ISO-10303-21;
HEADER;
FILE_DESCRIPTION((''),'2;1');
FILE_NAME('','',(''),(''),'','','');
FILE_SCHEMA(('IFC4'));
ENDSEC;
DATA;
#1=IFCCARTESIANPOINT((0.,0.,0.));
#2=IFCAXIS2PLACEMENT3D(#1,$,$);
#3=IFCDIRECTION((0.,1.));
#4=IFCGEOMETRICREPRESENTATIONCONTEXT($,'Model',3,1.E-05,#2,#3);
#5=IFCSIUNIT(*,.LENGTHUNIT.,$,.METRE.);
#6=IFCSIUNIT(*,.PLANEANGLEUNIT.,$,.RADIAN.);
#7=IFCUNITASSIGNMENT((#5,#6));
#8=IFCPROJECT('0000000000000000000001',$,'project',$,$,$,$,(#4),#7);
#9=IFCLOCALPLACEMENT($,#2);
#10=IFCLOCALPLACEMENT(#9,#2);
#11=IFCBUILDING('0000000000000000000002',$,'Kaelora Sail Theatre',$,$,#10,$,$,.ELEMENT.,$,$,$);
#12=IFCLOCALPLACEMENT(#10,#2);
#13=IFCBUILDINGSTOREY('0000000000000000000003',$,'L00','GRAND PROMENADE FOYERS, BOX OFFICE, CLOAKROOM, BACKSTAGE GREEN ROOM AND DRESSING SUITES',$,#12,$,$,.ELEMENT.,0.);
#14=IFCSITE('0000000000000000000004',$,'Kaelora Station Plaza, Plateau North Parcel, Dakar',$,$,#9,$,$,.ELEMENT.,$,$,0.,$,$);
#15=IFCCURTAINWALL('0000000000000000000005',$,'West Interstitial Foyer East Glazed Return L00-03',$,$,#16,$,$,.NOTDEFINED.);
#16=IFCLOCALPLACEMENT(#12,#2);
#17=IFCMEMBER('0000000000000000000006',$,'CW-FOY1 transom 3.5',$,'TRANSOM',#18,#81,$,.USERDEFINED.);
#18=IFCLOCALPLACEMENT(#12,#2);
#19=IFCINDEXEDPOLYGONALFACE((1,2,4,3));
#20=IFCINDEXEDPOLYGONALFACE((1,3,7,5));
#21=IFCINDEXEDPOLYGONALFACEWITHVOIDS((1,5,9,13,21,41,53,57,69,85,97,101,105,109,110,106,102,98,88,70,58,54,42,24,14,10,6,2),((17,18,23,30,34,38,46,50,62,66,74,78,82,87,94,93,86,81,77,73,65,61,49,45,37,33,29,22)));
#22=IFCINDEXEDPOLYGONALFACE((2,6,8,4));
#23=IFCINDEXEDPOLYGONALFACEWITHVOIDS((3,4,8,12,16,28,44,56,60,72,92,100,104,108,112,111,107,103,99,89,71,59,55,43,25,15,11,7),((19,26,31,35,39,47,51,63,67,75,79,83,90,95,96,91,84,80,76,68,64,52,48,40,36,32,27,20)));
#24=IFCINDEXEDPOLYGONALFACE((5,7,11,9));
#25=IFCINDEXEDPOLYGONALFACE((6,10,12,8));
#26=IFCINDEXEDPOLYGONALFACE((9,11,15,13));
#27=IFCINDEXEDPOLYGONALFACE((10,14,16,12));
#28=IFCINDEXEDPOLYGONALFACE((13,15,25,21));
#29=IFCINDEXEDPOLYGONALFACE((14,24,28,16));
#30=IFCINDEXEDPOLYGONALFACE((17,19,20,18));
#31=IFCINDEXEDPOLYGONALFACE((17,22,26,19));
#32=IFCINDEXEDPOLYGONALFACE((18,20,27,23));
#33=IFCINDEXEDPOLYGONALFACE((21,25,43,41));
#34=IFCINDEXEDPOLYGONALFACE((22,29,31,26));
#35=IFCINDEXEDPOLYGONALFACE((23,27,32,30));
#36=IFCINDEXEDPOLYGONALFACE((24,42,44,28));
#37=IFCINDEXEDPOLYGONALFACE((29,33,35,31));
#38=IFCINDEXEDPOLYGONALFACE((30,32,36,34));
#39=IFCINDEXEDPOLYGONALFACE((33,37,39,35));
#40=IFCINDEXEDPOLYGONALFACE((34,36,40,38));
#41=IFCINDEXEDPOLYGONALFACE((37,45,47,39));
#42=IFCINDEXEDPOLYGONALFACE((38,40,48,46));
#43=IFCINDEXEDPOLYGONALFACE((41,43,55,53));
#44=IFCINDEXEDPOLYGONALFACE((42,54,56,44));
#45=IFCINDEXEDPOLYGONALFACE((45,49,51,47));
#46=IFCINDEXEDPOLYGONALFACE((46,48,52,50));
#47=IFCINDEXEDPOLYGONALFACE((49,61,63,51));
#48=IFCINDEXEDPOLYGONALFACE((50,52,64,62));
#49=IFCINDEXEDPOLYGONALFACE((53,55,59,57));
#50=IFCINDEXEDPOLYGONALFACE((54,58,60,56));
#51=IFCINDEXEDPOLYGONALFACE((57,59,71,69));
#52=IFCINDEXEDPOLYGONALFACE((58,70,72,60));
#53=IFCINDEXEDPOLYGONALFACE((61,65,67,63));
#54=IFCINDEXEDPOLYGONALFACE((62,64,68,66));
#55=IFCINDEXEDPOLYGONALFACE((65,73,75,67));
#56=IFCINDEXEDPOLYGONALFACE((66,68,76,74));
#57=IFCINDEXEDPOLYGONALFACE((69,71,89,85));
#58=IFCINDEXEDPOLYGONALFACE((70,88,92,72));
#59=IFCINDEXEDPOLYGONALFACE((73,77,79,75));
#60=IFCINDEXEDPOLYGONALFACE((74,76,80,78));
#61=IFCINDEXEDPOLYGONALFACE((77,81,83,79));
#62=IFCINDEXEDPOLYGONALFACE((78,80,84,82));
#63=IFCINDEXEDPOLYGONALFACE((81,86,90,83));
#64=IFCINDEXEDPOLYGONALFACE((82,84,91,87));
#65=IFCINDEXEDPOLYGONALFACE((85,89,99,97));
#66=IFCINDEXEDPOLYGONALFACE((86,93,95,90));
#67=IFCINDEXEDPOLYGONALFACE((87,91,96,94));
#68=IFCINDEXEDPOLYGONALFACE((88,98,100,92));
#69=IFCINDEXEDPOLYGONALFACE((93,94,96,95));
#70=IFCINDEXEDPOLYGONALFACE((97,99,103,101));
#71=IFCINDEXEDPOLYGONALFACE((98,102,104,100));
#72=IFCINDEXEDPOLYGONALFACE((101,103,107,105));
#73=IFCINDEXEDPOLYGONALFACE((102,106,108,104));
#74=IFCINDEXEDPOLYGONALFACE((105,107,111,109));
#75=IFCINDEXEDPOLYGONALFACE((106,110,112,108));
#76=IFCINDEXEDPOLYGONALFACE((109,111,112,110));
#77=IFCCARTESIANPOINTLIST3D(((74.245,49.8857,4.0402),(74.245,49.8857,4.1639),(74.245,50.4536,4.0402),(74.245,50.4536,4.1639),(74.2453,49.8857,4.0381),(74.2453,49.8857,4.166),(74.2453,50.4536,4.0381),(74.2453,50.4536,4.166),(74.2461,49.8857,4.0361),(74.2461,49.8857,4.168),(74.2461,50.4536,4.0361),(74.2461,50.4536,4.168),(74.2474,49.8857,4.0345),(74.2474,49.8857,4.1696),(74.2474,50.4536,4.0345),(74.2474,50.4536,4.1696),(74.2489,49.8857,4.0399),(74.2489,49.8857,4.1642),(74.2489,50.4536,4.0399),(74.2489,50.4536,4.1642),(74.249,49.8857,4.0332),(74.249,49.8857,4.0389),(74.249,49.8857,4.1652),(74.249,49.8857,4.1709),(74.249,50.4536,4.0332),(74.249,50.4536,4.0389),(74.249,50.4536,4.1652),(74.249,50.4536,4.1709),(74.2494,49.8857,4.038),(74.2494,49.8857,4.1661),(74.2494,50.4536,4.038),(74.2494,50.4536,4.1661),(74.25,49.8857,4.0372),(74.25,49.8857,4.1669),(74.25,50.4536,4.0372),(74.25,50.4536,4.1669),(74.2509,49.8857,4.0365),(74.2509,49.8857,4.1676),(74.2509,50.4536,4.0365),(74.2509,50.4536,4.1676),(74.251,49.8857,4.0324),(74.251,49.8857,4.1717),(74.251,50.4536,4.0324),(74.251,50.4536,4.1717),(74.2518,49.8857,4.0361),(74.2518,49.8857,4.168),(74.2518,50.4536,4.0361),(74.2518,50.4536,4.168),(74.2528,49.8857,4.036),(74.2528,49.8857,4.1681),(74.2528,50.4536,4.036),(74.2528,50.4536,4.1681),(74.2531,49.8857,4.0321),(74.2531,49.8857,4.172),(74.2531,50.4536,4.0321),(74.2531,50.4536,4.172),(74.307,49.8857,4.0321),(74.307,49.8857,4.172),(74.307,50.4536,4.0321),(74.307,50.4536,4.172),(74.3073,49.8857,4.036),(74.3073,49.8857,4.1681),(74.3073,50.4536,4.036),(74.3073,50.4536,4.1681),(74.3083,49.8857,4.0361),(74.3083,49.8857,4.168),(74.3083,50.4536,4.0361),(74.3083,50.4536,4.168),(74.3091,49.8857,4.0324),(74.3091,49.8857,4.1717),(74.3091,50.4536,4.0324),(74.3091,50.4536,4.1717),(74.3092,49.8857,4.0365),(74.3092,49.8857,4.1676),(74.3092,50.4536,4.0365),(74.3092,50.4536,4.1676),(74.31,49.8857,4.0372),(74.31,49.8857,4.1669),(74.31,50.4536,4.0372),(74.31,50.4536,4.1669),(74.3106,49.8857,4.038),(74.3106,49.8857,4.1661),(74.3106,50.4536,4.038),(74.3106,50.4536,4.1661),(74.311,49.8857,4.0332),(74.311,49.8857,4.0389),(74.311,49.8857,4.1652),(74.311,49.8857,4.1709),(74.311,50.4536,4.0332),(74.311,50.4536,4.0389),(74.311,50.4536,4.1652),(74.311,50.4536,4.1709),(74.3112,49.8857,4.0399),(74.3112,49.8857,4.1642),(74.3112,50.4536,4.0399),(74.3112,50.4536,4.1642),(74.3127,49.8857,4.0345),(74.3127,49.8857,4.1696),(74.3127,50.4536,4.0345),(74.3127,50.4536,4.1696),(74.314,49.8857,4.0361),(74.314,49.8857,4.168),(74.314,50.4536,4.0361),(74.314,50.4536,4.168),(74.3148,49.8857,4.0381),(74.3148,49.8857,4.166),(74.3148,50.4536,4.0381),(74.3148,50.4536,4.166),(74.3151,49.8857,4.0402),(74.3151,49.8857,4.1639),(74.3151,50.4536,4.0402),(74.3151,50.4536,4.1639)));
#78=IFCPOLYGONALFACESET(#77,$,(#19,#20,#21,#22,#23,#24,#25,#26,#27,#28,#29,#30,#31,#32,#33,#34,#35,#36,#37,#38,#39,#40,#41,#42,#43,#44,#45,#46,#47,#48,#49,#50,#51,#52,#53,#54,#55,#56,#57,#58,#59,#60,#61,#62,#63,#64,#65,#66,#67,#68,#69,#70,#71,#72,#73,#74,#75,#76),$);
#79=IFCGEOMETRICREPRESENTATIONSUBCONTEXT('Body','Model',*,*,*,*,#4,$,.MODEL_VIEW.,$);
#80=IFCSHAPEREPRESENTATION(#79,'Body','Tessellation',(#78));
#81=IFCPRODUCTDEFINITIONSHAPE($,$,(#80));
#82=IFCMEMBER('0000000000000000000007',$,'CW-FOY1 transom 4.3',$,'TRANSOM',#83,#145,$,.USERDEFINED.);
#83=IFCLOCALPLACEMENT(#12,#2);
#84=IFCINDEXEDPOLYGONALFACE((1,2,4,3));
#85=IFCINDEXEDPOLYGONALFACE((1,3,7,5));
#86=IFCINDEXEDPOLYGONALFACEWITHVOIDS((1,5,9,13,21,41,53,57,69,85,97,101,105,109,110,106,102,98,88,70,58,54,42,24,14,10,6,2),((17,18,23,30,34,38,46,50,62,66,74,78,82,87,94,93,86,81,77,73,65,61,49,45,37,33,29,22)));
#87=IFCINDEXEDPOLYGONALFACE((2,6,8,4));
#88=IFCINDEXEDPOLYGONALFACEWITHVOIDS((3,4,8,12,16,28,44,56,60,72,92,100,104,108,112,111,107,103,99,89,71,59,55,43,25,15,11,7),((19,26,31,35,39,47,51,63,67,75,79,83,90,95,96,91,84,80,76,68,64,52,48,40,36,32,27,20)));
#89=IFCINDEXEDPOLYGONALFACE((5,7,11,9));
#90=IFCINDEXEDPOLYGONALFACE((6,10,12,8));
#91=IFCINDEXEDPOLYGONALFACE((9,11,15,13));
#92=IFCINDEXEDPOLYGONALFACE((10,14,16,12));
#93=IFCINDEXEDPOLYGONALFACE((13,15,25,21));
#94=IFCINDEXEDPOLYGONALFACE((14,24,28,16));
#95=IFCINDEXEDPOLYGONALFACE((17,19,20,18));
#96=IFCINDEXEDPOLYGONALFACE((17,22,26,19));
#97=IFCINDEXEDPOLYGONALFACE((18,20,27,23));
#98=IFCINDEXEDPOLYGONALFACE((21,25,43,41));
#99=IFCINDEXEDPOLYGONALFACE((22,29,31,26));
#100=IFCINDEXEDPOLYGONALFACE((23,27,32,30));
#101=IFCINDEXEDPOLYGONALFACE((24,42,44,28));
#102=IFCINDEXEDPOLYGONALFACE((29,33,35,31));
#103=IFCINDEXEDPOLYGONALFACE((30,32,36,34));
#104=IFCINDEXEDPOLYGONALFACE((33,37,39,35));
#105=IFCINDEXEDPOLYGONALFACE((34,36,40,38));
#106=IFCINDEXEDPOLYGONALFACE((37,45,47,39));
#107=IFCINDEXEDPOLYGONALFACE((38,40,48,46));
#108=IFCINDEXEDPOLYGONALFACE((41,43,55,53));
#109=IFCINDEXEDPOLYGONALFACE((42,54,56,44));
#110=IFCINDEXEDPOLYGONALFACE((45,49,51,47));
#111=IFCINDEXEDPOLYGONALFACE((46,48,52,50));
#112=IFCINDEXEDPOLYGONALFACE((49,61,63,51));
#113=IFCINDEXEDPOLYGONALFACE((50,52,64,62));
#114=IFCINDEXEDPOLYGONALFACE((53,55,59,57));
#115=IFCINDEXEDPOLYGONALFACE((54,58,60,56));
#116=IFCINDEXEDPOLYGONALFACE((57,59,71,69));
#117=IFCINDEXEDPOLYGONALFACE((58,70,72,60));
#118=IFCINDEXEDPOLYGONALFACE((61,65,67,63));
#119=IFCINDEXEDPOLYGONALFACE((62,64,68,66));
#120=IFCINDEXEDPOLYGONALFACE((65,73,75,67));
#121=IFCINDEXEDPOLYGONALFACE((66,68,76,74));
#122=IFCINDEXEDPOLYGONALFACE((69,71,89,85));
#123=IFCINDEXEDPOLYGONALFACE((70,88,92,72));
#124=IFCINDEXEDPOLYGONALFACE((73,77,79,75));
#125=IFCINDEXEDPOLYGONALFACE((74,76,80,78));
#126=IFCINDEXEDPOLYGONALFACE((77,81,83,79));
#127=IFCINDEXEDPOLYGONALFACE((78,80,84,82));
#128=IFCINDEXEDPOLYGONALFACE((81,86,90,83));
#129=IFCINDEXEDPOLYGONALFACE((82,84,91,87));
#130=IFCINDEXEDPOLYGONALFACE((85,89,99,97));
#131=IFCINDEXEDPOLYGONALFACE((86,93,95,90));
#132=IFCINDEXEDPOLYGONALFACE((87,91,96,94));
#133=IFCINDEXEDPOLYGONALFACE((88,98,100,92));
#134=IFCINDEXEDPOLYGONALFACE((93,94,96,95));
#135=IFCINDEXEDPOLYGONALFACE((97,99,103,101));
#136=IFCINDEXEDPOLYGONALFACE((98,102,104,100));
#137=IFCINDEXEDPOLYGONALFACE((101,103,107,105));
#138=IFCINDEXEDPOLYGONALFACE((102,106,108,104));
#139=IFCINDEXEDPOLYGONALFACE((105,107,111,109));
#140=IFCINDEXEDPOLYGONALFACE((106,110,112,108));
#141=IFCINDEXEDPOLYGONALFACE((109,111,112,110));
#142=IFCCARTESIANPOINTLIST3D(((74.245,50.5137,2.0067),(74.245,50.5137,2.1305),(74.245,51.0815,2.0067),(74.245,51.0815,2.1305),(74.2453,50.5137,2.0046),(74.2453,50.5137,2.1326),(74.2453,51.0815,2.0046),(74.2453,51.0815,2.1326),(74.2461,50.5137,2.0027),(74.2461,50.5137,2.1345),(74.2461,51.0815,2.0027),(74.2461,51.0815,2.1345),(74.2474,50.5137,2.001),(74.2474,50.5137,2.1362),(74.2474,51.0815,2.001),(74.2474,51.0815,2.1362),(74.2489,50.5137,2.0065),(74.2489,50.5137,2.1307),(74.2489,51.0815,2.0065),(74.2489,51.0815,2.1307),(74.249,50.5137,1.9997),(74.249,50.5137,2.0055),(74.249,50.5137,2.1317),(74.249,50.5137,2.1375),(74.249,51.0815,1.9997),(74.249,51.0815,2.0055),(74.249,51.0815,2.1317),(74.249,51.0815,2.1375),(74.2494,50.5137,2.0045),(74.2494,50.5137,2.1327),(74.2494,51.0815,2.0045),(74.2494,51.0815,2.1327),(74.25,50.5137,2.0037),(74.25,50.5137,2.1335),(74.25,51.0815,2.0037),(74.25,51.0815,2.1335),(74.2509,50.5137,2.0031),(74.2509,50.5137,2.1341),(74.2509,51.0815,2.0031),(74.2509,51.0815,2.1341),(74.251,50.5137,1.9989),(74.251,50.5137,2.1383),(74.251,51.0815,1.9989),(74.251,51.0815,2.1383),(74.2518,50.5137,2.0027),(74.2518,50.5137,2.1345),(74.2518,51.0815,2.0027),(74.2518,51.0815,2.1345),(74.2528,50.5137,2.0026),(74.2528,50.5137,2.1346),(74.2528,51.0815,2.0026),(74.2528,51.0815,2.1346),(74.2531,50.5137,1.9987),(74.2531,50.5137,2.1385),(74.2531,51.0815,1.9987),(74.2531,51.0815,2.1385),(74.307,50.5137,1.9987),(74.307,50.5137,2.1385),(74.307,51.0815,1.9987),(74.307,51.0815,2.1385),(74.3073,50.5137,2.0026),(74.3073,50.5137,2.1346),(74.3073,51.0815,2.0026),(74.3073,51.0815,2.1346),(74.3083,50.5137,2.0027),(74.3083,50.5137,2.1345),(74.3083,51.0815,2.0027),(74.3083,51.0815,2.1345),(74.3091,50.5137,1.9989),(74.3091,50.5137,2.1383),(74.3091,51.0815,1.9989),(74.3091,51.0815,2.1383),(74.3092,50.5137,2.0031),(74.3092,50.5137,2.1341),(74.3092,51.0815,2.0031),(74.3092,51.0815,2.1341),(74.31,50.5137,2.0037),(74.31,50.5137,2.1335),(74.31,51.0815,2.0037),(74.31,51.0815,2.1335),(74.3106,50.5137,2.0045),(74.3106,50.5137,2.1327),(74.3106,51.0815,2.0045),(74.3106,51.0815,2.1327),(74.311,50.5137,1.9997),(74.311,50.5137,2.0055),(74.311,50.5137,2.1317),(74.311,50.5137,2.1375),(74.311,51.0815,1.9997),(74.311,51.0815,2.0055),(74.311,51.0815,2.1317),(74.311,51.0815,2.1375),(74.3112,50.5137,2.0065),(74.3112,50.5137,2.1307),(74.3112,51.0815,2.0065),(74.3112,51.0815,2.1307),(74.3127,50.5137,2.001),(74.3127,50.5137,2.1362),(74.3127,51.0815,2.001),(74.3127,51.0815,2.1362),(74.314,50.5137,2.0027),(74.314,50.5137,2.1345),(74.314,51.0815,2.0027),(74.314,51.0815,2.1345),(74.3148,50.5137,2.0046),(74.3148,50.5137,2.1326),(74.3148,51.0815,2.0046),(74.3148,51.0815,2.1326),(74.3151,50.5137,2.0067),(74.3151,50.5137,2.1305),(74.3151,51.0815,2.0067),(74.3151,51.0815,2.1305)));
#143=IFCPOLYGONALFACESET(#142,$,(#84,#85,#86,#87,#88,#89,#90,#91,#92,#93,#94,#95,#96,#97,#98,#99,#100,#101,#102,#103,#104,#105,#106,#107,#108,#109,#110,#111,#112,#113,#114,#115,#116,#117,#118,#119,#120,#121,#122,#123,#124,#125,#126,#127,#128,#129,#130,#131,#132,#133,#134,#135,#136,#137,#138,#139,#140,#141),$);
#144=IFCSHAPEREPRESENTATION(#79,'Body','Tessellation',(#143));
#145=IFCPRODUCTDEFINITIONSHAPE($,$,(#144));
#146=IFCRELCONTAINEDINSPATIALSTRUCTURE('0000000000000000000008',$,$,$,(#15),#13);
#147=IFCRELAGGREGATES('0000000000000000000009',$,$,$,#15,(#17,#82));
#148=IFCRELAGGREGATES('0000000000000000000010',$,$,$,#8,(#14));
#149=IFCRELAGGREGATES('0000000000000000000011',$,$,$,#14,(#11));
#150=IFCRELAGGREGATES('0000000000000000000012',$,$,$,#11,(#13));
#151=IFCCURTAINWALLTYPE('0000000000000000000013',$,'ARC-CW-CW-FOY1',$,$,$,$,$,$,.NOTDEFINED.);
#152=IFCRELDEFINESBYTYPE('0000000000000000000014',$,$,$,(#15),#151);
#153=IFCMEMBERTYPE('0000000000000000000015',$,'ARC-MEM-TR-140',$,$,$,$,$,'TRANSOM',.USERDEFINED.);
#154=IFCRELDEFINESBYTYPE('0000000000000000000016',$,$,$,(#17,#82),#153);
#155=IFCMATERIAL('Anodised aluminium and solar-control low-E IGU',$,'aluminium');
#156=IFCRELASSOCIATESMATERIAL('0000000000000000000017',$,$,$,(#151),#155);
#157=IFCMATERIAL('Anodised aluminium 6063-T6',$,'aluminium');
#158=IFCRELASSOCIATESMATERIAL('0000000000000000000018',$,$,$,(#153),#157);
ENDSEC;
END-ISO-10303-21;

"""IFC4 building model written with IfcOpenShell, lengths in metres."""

from ifc_helpers import new_model, si_unit, direction, frame, origin, origin_2d, place, context, subcontext, project, spatial, hollow_rectangle, extrude, material, material_profile, profile_set, type_object, element, aggregate, save


model = new_model("IFC4")

# Units and contexts
model_context = context("Model", 3, precision=1e-05, world=origin(), true_north=direction((0.0, 1.0)))
body_context = subcontext(model_context, "Body", "Model", "MODEL_VIEW")
ifc_project = project(units=[si_unit("LENGTHUNIT", "METRE"), si_unit("PLANEANGLEUNIT", "RADIAN")], contexts=[model_context])

# Site, building, storey
site_placement = place(None, origin())
site = spatial("IfcSite", under=ifc_project, at=site_placement, Name="Kaelora Station Plaza, Plateau North Parcel, Dakar", CompositionType="ELEMENT", RefElevation=0.0)
building_placement = place(site_placement, origin())
building = spatial("IfcBuilding", under=site, at=building_placement, Name="Kaelora Sail Theatre", CompositionType="ELEMENT")
storey_placement = place(building_placement, origin())
storey = spatial("IfcBuildingStorey", under=building, at=storey_placement, Name="L00", Description="GRAND PROMENADE FOYERS, BOX OFFICE, CLOAKROOM, BACKSTAGE GREEN ROOM AND DRESSING SUITES", CompositionType="ELEMENT", Elevation=0.0)

# Curtain wall, members
ifc_material_1 = material(Name="Anodised aluminium and solar-control low-E IGU", Category="aluminium")
curtain_wall_type = type_object("IfcCurtainWallType", Name="ARC-CW-CW-FOY1", PredefinedType="NOTDEFINED", material=ifc_material_1)
curtain_wall_placement = place(storey_placement, origin())
curtain_wall = element("IfcCurtainWall", 1, at=curtain_wall_placement, inside=storey, type_object=curtain_wall_type, Name="West Interstitial Foyer East Glazed Return L00-03", PredefinedType="NOTDEFINED")
ifc_material_2 = material(Name="Anodised aluminium 6063-T6", Category="aluminium")
ifc_material_profile_1 = material_profile(ifc_material_2, hollow_rectangle(XDim=0.0701, YDim=0.1399, WallThickness=0.0039, InnerFilletRadius=0.0039, OuterFilletRadius=0.0081, at=origin_2d()), Name="ALU-TRAN 70x140x4")
ifc_profile_set_1 = profile_set([ifc_material_profile_1], Name="Anodised aluminium 6063-T6")
member_type_1 = type_object("IfcMemberType", Name="ARC-MEM-TR-140", ElementType="TRANSOM", PredefinedType="USERDEFINED", material=ifc_profile_set_1)
member_1_placement = place(storey_placement, frame((74.28, 49.8857, 4.1021), z_axis=(0.0, 1.0, 0.0), x_axis=(-1.0, 0.0, 0.0)))
member_1 = element("IfcMember", 2, at=member_1_placement, type_object=member_type_1, Name="CW-FOY1 transom 3.5", ObjectType="TRANSOM", PredefinedType="USERDEFINED", context=body_context, shape_type="SweptSolid", body=[
    extrude(hollow_rectangle(XDim=0.0701, YDim=0.1399, WallThickness=0.0039, InnerFilletRadius=0.0039, OuterFilletRadius=0.0081, at=origin_2d()), origin(), (0.0, 0.0, 1.0), 0.5679),
])
member_2_placement = place(storey_placement, frame((74.28, 50.5137, 2.0686), z_axis=(0.0, 1.0, 0.0), x_axis=(-1.0, 0.0, 0.0)))
member_2 = element("IfcMember", 3, at=member_2_placement, type_object=member_type_1, Name="CW-FOY1 transom 4.3", ObjectType="TRANSOM", PredefinedType="USERDEFINED", context=body_context, shape_type="SweptSolid", body=[
    extrude(hollow_rectangle(XDim=0.0701, YDim=0.1399, WallThickness=0.0039, InnerFilletRadius=0.0039, OuterFilletRadius=0.0081, at=origin_2d()), origin(), (0.0, 0.0, 1.0), 0.5679),
])
aggregate(curtain_wall, [member_1, member_2])

save(model, "model.ifc")
